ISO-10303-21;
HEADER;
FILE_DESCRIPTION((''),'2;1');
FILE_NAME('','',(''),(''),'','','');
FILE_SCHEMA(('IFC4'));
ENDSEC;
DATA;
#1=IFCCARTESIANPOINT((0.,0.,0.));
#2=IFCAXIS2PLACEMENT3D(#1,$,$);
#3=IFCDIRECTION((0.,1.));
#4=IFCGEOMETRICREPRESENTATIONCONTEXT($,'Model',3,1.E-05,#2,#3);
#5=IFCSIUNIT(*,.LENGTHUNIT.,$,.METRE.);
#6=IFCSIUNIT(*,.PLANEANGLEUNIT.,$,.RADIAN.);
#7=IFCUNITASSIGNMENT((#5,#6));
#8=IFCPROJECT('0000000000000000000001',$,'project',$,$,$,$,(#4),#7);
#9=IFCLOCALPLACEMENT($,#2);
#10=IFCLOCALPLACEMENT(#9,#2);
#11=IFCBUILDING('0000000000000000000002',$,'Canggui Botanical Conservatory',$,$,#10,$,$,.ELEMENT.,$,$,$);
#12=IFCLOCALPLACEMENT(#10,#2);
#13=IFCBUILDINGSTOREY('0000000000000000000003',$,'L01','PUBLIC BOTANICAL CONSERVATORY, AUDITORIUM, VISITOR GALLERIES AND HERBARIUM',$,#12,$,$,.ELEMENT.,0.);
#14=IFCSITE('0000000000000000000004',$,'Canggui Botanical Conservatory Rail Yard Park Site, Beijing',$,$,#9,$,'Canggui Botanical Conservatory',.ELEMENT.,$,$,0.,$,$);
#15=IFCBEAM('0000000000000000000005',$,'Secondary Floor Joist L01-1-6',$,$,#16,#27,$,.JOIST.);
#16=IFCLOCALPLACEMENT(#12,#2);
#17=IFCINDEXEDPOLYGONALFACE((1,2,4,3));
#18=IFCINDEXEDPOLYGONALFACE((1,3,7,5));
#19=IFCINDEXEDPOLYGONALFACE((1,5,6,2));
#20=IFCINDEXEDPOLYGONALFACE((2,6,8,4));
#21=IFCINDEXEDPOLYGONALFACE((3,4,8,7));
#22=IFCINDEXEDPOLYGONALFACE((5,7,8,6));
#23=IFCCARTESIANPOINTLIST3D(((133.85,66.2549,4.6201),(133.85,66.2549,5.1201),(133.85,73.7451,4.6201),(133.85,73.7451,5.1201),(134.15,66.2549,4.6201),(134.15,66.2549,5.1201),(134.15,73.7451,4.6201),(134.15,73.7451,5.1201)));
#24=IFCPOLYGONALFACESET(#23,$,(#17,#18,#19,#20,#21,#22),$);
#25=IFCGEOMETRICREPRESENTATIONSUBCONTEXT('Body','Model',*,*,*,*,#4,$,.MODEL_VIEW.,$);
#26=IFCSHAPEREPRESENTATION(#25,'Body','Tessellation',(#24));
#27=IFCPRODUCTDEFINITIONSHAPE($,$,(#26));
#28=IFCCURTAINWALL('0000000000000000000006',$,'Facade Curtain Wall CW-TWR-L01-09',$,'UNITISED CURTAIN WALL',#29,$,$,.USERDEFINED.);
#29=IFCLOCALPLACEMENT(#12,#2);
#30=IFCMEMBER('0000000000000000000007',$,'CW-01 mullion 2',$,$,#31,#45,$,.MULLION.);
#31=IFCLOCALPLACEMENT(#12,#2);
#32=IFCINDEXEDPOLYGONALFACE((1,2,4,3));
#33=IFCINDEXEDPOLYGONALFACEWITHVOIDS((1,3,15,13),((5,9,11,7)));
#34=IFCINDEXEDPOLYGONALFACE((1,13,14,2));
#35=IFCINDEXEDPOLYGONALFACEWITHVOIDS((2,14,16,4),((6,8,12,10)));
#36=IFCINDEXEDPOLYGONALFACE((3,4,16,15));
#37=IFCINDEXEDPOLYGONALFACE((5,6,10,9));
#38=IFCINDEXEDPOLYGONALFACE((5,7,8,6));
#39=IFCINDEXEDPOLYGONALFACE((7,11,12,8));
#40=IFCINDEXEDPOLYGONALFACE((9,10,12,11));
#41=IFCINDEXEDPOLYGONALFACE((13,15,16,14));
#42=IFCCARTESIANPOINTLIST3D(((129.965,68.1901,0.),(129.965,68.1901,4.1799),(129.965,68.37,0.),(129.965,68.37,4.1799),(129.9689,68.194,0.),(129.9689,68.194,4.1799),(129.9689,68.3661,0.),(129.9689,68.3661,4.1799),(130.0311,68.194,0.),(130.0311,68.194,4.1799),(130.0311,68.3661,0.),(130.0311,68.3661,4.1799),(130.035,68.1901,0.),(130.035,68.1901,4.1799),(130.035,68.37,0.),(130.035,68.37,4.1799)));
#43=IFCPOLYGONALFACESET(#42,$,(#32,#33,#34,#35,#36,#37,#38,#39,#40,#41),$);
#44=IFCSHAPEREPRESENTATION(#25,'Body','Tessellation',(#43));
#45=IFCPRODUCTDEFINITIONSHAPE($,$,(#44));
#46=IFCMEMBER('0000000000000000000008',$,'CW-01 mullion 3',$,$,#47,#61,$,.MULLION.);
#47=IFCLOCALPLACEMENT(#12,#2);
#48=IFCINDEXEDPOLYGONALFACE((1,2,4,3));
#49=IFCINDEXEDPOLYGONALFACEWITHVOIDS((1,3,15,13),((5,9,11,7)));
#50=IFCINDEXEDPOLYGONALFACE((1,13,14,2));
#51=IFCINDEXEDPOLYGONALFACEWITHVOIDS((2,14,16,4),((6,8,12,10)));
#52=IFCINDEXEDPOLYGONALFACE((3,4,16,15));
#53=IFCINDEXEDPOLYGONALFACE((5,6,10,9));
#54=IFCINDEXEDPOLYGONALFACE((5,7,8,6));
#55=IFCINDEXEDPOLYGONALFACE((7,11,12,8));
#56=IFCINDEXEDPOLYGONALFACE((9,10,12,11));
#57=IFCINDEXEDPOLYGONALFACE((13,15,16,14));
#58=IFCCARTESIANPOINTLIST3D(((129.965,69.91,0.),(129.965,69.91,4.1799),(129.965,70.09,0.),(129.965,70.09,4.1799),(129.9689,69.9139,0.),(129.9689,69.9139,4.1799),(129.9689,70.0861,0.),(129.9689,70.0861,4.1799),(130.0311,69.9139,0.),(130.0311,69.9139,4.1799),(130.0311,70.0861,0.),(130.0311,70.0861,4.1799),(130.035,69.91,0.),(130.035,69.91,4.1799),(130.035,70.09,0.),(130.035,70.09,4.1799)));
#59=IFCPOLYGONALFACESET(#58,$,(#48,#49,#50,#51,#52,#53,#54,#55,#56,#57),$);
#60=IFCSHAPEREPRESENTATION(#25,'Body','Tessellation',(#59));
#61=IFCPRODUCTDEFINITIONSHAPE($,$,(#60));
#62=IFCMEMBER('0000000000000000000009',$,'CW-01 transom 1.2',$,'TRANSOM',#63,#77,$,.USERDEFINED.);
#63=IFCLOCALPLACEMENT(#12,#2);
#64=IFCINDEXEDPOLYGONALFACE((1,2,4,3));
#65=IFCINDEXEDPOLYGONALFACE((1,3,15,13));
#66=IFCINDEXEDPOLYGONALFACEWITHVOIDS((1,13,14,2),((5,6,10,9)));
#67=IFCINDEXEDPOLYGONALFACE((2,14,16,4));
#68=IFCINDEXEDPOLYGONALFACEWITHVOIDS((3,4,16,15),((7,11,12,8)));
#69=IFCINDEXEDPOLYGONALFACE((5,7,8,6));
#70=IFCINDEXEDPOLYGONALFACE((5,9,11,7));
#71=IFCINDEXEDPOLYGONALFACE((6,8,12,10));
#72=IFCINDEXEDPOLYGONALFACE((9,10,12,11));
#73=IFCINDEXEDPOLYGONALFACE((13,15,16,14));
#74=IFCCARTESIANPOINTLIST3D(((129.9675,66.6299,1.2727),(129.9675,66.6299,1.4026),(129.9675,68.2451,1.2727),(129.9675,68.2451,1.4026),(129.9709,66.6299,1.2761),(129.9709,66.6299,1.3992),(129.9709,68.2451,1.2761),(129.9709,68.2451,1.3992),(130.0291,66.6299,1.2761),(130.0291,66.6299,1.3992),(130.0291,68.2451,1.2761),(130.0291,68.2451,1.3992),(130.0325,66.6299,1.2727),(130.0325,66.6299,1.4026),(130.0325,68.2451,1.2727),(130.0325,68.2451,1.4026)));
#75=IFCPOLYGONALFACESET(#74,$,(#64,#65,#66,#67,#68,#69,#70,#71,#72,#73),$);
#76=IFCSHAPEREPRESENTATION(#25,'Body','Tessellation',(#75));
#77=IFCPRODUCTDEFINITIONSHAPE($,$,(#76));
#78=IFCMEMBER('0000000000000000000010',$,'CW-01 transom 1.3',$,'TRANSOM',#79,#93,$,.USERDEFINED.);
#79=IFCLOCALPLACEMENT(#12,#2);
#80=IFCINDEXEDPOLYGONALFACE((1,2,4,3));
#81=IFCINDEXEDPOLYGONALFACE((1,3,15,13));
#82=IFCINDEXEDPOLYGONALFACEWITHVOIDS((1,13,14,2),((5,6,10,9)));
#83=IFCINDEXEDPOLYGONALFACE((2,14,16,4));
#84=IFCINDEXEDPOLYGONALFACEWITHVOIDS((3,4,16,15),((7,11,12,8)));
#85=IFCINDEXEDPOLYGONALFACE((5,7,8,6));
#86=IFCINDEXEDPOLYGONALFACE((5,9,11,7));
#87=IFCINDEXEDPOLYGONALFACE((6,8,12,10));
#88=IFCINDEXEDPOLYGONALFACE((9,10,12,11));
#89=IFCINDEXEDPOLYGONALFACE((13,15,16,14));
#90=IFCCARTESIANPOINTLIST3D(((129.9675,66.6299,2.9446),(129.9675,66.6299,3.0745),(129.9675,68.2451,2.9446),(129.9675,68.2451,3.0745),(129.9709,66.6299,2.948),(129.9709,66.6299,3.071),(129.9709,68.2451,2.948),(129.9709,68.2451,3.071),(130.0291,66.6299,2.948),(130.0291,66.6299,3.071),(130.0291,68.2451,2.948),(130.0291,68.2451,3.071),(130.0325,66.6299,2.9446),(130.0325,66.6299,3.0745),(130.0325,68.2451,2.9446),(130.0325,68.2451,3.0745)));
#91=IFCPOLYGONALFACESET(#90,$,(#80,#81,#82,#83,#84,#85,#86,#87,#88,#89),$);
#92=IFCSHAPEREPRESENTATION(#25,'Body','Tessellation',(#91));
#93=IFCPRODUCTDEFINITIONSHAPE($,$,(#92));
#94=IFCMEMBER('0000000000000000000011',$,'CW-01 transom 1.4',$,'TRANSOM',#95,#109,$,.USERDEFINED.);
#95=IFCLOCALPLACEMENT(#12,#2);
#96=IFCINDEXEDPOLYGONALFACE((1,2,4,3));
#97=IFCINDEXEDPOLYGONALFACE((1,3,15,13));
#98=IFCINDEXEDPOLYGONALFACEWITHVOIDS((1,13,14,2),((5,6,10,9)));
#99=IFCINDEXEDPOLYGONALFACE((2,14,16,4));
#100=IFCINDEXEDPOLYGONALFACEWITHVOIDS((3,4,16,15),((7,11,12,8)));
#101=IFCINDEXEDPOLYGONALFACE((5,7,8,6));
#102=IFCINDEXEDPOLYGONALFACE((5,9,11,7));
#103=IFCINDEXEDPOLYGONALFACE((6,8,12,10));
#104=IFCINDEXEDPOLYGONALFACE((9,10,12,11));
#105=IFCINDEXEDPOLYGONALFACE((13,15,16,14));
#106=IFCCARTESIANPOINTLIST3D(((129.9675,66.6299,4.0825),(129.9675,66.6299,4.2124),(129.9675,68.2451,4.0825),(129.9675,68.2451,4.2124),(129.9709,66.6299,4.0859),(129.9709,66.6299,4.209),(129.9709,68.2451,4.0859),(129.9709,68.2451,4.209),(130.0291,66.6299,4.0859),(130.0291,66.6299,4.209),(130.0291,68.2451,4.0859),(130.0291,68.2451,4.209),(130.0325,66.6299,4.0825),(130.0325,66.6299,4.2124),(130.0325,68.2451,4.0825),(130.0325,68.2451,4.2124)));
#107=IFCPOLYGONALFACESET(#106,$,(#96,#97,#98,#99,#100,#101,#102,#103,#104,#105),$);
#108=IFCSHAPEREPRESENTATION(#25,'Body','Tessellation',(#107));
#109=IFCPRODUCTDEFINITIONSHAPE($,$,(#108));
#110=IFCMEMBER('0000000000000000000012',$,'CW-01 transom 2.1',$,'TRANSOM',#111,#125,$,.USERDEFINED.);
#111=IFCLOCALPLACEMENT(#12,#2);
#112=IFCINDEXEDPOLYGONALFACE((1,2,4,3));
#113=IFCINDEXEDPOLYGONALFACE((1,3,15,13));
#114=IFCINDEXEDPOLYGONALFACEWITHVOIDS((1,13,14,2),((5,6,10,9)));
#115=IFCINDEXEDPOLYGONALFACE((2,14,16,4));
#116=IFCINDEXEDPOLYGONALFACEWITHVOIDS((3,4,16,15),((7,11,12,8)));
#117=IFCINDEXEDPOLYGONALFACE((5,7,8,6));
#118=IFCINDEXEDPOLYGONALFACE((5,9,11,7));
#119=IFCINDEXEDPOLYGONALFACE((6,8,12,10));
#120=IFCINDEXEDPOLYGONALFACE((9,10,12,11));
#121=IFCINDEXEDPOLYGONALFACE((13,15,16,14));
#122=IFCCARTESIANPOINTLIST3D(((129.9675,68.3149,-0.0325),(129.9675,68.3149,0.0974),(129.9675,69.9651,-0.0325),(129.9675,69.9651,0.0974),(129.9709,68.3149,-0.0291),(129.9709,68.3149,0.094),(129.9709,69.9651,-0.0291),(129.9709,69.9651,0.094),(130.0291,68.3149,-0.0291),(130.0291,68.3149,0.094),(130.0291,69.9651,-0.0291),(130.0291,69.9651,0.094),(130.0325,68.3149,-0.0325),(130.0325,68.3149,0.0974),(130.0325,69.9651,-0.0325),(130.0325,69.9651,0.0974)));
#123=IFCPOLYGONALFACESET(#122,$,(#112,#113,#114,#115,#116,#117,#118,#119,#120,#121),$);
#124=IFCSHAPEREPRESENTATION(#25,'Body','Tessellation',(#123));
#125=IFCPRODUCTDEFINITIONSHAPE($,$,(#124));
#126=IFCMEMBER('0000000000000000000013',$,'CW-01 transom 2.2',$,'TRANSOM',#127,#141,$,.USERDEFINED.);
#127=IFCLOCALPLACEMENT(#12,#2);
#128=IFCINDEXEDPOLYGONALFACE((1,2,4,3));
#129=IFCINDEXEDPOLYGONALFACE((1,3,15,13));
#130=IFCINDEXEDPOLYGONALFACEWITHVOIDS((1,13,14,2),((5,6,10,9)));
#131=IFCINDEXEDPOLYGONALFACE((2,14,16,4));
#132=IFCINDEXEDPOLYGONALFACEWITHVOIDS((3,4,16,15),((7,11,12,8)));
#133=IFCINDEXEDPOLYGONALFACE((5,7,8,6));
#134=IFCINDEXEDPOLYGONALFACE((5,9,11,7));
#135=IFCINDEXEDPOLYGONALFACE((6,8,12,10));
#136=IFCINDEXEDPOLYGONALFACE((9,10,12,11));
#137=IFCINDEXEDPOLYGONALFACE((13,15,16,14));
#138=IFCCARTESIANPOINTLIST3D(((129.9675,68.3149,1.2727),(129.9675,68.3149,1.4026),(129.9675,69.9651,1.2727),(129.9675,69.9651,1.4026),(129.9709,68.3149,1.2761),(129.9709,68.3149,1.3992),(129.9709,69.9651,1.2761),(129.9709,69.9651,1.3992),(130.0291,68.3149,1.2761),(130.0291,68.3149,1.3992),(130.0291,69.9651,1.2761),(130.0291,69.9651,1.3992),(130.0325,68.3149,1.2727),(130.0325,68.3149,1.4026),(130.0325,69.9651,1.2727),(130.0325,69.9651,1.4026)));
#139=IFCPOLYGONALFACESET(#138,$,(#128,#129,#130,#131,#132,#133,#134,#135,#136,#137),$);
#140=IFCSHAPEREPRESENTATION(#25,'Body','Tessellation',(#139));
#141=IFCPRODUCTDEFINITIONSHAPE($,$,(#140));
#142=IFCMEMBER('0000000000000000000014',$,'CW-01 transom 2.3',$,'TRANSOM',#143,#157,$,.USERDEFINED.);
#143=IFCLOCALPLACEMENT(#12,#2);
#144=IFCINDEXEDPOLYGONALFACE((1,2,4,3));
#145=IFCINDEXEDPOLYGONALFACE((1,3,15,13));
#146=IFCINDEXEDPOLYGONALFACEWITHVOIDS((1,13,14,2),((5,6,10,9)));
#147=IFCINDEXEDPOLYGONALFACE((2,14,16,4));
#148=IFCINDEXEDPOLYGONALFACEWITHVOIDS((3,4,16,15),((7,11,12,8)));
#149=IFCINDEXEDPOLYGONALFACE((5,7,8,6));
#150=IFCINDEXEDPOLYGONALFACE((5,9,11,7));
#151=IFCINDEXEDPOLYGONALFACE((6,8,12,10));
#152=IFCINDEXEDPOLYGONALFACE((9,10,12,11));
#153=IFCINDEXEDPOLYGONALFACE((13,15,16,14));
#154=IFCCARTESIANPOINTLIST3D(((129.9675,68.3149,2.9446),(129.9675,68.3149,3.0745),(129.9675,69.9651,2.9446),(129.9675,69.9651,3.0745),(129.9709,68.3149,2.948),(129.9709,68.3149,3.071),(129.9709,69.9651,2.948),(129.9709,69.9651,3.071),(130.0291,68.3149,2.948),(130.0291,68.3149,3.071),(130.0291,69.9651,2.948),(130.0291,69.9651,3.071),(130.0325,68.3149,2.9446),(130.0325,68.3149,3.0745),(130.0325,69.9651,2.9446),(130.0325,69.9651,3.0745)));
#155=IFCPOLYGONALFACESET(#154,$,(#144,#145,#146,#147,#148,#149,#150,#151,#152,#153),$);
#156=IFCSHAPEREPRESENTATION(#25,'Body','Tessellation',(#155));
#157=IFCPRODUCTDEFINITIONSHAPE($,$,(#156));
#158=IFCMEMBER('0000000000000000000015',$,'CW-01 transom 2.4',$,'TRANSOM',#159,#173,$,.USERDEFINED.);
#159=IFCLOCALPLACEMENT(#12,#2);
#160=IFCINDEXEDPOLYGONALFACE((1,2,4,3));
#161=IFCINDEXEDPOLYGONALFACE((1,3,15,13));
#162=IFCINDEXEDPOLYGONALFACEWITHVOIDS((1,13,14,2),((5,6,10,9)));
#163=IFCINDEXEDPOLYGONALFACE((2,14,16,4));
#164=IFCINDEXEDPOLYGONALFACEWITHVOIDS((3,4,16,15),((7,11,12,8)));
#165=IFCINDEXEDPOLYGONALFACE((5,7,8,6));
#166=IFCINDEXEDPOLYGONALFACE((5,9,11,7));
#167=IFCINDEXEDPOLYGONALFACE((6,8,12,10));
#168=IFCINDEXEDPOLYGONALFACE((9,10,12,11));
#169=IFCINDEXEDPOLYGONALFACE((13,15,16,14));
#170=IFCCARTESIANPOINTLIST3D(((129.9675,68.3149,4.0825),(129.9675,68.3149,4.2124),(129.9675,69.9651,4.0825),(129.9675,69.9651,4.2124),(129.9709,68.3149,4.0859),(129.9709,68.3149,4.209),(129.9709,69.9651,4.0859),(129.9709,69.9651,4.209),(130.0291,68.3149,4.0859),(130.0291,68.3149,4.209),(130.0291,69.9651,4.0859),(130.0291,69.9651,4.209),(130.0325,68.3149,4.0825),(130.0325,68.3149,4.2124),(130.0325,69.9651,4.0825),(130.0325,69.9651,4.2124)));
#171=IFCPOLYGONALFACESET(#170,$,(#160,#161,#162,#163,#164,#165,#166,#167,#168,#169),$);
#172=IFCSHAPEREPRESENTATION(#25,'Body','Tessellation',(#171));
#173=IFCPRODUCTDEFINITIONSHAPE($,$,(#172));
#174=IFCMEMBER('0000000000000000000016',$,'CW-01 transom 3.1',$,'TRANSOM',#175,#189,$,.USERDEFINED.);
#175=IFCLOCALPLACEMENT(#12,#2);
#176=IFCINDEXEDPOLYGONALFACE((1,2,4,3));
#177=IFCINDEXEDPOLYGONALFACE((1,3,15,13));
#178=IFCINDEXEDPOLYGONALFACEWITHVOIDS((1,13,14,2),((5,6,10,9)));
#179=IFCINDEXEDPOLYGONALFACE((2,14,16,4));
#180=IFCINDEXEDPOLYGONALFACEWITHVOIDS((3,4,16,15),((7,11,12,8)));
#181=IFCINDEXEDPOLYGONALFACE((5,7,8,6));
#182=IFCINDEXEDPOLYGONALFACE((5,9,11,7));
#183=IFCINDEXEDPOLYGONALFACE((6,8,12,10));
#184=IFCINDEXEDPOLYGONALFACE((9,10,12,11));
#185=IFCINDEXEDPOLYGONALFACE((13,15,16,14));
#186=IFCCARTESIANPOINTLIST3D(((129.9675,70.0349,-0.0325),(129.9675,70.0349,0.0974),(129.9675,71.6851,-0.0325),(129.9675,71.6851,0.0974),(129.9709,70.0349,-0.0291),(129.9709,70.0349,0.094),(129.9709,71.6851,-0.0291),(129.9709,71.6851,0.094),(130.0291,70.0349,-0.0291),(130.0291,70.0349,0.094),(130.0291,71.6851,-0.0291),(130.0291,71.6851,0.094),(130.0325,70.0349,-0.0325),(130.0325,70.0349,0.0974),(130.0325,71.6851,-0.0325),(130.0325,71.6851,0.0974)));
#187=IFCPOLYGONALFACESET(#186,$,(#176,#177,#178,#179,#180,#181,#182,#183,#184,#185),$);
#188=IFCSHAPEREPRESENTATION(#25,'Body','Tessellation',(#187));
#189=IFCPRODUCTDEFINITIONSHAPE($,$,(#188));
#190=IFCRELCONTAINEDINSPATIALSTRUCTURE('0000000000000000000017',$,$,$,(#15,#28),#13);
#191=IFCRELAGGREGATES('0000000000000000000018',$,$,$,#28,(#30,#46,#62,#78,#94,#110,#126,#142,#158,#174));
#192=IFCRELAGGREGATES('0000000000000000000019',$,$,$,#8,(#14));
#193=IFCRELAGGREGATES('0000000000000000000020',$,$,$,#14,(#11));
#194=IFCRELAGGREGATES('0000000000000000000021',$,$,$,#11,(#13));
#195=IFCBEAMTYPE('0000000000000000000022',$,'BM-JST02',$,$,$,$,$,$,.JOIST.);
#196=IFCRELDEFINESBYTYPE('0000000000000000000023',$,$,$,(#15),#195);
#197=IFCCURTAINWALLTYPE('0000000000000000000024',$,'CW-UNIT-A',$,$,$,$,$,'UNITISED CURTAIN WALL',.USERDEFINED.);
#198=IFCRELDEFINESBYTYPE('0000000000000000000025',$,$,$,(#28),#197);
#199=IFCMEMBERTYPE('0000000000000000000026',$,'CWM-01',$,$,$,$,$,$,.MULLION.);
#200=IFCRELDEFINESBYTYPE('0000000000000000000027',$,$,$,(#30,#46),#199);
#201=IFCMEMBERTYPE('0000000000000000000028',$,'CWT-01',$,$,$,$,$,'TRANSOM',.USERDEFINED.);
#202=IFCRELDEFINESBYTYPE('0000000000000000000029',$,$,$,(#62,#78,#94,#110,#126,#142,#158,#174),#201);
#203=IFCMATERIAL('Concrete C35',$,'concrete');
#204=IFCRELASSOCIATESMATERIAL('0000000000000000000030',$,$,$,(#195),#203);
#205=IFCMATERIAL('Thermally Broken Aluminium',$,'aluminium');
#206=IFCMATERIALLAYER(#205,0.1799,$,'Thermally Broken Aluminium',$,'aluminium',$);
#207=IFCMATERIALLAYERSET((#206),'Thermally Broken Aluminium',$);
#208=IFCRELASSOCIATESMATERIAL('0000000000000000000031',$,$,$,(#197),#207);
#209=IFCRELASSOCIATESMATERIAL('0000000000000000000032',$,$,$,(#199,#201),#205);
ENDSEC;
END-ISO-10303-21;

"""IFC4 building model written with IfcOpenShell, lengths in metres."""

from ifc_helpers import new_model, si_unit, direction, frame, origin, origin_2d, place, context, subcontext, project, spatial, rectangle, hollow_rectangle, extrude, material, layer, layer_set, material_profile, profile_set, type_object, element, aggregate, save


model = new_model("IFC4")

# Units and contexts
model_context = context("Model", 3, precision=1e-05, world=origin(), true_north=direction((0.0, 1.0)))
body_context = subcontext(model_context, "Body", "Model", "MODEL_VIEW")
ifc_project = project(units=[si_unit("LENGTHUNIT", "METRE"), si_unit("PLANEANGLEUNIT", "RADIAN")], contexts=[model_context])

# Site, building, storey
site_placement = place(None, origin())
site = spatial("IfcSite", under=ifc_project, at=site_placement, Name="Canggui Botanical Conservatory Rail Yard Park Site, Beijing", LongName="Canggui Botanical Conservatory", CompositionType="ELEMENT", RefElevation=0.0)
building_placement = place(site_placement, origin())
building = spatial("IfcBuilding", under=site, at=building_placement, Name="Canggui Botanical Conservatory", CompositionType="ELEMENT")
storey_placement = place(building_placement, origin())
storey = spatial("IfcBuildingStorey", under=building, at=storey_placement, Name="L01", Description="PUBLIC BOTANICAL CONSERVATORY, AUDITORIUM, VISITOR GALLERIES AND HERBARIUM", CompositionType="ELEMENT", Elevation=0.0)

# Beam
ifc_material_1 = material(Name="Concrete C35", Category="concrete")
ifc_material_profile_1 = material_profile(ifc_material_1, rectangle(XDim=0.3, YDim=0.5, at=origin_2d()), Name="RB 300x500")
ifc_profile_set_1 = profile_set([ifc_material_profile_1], Name="Concrete C35")
beam_type = type_object("IfcBeamType", Name="BM-JST02", PredefinedType="JOIST", material=ifc_profile_set_1)
beam_placement = place(storey_placement, frame((134.0, 66.2549, 4.8701), z_axis=(0.0, 1.0, 0.0), x_axis=(-1.0, 0.0, 0.0)))
element("IfcBeam", 1, at=beam_placement, inside=storey, type_object=beam_type, Name="Secondary Floor Joist L01-1-6", PredefinedType="JOIST", context=body_context, shape_type="SweptSolid", body=[
    extrude(rectangle(XDim=0.3, YDim=0.5, at=origin_2d()), origin(), (0.0, 0.0, 1.0), 7.4902),
])

# Curtain wall, members
ifc_material_2 = material(Name="Thermally Broken Aluminium", Category="aluminium")
ifc_layer_1 = layer(ifc_material_2, 0.1799, Name="Thermally Broken Aluminium", Category="aluminium")
ifc_layer_set_1 = layer_set([ifc_layer_1], Name="Thermally Broken Aluminium")
curtain_wall_type = type_object("IfcCurtainWallType", Name="CW-UNIT-A", ElementType="UNITISED CURTAIN WALL", PredefinedType="USERDEFINED", material=ifc_layer_set_1)
curtain_wall_placement = place(storey_placement, origin())
curtain_wall = element("IfcCurtainWall", 2, at=curtain_wall_placement, inside=storey, type_object=curtain_wall_type, Name="Facade Curtain Wall CW-TWR-L01-09", ObjectType="UNITISED CURTAIN WALL", PredefinedType="USERDEFINED")
ifc_material_profile_2 = material_profile(ifc_material_2, hollow_rectangle(XDim=0.0701, YDim=0.1799, WallThickness=0.0039, at=origin_2d()), Name="CWM 70x180x4")
ifc_profile_set_2 = profile_set([ifc_material_profile_2], Name="Thermally Broken Aluminium")
member_type_1 = type_object("IfcMemberType", Name="CWM-01", PredefinedType="MULLION", material=ifc_profile_set_2)
member_1_placement = place(storey_placement, frame((130.0, 68.28, 0.0), z_axis=(0.0, 0.0, 1.0), x_axis=(-1.0, 0.0, 0.0)))
member_1 = element("IfcMember", 3, at=member_1_placement, type_object=member_type_1, Name="CW-01 mullion 2", PredefinedType="MULLION", context=body_context, shape_type="SweptSolid", body=[
    extrude(hollow_rectangle(XDim=0.0701, YDim=0.1799, WallThickness=0.0039, at=origin_2d()), origin(), (0.0, 0.0, 1.0), 4.1799),
])
member_2_placement = place(storey_placement, frame((130.0, 70.0, 0.0), z_axis=(0.0, 0.0, 1.0), x_axis=(-1.0, 0.0, 0.0)))
member_2 = element("IfcMember", 4, at=member_2_placement, type_object=member_type_1, Name="CW-01 mullion 3", PredefinedType="MULLION", context=body_context, shape_type="SweptSolid", body=[
    extrude(hollow_rectangle(XDim=0.0701, YDim=0.1799, WallThickness=0.0039, at=origin_2d()), origin(), (0.0, 0.0, 1.0), 4.1799),
])
ifc_material_profile_3 = material_profile(ifc_material_2, hollow_rectangle(XDim=0.0649, YDim=0.1299, WallThickness=0.0034, at=origin_2d()), Name="CWT 65x130x3.5")
ifc_profile_set_3 = profile_set([ifc_material_profile_3], Name="Thermally Broken Aluminium")
member_type_2 = type_object("IfcMemberType", Name="CWT-01", ElementType="TRANSOM", PredefinedType="USERDEFINED", material=ifc_profile_set_3)
member_3_placement = place(storey_placement, frame((130.0, 66.6299, 1.3376), z_axis=(0.0, 1.0, 0.0), x_axis=(-1.0, 0.0, 0.0)))
member_3 = element("IfcMember", 5, at=member_3_placement, type_object=member_type_2, Name="CW-01 transom 1.2", ObjectType="TRANSOM", PredefinedType="USERDEFINED", context=body_context, shape_type="SweptSolid", body=[
    extrude(hollow_rectangle(XDim=0.0649, YDim=0.1299, WallThickness=0.0034, at=origin_2d()), origin(), (0.0, 0.0, 1.0), 1.6152),
])
member_4_placement = place(storey_placement, frame((130.0, 66.6299, 3.0095), z_axis=(0.0, 1.0, 0.0), x_axis=(-1.0, 0.0, 0.0)))
member_4 = element("IfcMember", 6, at=member_4_placement, type_object=member_type_2, Name="CW-01 transom 1.3", ObjectType="TRANSOM", PredefinedType="USERDEFINED", context=body_context, shape_type="SweptSolid", body=[
    extrude(hollow_rectangle(XDim=0.0649, YDim=0.1299, WallThickness=0.0034, at=origin_2d()), origin(), (0.0, 0.0, 1.0), 1.6152),
])
member_5_placement = place(storey_placement, frame((130.0, 66.6299, 4.1475), z_axis=(0.0, 1.0, 0.0), x_axis=(-1.0, 0.0, 0.0)))
member_5 = element("IfcMember", 7, at=member_5_placement, type_object=member_type_2, Name="CW-01 transom 1.4", ObjectType="TRANSOM", PredefinedType="USERDEFINED", context=body_context, shape_type="SweptSolid", body=[
    extrude(hollow_rectangle(XDim=0.0649, YDim=0.1299, WallThickness=0.0034, at=origin_2d()), origin(), (0.0, 0.0, 1.0), 1.6152),
])
member_6_placement = place(storey_placement, frame((130.0, 68.3149, 0.0325), z_axis=(0.0, 1.0, 0.0), x_axis=(-1.0, 0.0, 0.0)))
member_6 = element("IfcMember", 8, at=member_6_placement, type_object=member_type_2, Name="CW-01 transom 2.1", ObjectType="TRANSOM", PredefinedType="USERDEFINED", context=body_context, shape_type="SweptSolid", body=[
    extrude(hollow_rectangle(XDim=0.0649, YDim=0.1299, WallThickness=0.0034, at=origin_2d()), origin(), (0.0, 0.0, 1.0), 1.6501),
])
member_7_placement = place(storey_placement, frame((130.0, 68.3149, 1.3376), z_axis=(0.0, 1.0, 0.0), x_axis=(-1.0, 0.0, 0.0)))
member_7 = element("IfcMember", 9, at=member_7_placement, type_object=member_type_2, Name="CW-01 transom 2.2", ObjectType="TRANSOM", PredefinedType="USERDEFINED", context=body_context, shape_type="SweptSolid", body=[
    extrude(hollow_rectangle(XDim=0.0649, YDim=0.1299, WallThickness=0.0034, at=origin_2d()), origin(), (0.0, 0.0, 1.0), 1.6501),
])
member_8_placement = place(storey_placement, frame((130.0, 68.3149, 3.0095), z_axis=(0.0, 1.0, 0.0), x_axis=(-1.0, 0.0, 0.0)))
member_8 = element("IfcMember", 10, at=member_8_placement, type_object=member_type_2, Name="CW-01 transom 2.3", ObjectType="TRANSOM", PredefinedType="USERDEFINED", context=body_context, shape_type="SweptSolid", body=[
    extrude(hollow_rectangle(XDim=0.0649, YDim=0.1299, WallThickness=0.0034, at=origin_2d()), origin(), (0.0, 0.0, 1.0), 1.6501),
])
member_9_placement = place(storey_placement, frame((130.0, 68.3149, 4.1475), z_axis=(0.0, 1.0, 0.0), x_axis=(-1.0, 0.0, 0.0)))
member_9 = element("IfcMember", 11, at=member_9_placement, type_object=member_type_2, Name="CW-01 transom 2.4", ObjectType="TRANSOM", PredefinedType="USERDEFINED", context=body_context, shape_type="SweptSolid", body=[
    extrude(hollow_rectangle(XDim=0.0649, YDim=0.1299, WallThickness=0.0034, at=origin_2d()), origin(), (0.0, 0.0, 1.0), 1.6501),
])
member_10_placement = place(storey_placement, frame((130.0, 70.0349, 0.0325), z_axis=(0.0, 1.0, 0.0), x_axis=(-1.0, 0.0, 0.0)))
member_10 = element("IfcMember", 12, at=member_10_placement, type_object=member_type_2, Name="CW-01 transom 3.1", ObjectType="TRANSOM", PredefinedType="USERDEFINED", context=body_context, shape_type="SweptSolid", body=[
    extrude(hollow_rectangle(XDim=0.0649, YDim=0.1299, WallThickness=0.0034, at=origin_2d()), origin(), (0.0, 0.0, 1.0), 1.6501),
])
aggregate(curtain_wall, [member_1, member_2, member_3, member_4, member_5, member_6, member_7, member_8, member_9, member_10])

save(model, "model.ifc")
